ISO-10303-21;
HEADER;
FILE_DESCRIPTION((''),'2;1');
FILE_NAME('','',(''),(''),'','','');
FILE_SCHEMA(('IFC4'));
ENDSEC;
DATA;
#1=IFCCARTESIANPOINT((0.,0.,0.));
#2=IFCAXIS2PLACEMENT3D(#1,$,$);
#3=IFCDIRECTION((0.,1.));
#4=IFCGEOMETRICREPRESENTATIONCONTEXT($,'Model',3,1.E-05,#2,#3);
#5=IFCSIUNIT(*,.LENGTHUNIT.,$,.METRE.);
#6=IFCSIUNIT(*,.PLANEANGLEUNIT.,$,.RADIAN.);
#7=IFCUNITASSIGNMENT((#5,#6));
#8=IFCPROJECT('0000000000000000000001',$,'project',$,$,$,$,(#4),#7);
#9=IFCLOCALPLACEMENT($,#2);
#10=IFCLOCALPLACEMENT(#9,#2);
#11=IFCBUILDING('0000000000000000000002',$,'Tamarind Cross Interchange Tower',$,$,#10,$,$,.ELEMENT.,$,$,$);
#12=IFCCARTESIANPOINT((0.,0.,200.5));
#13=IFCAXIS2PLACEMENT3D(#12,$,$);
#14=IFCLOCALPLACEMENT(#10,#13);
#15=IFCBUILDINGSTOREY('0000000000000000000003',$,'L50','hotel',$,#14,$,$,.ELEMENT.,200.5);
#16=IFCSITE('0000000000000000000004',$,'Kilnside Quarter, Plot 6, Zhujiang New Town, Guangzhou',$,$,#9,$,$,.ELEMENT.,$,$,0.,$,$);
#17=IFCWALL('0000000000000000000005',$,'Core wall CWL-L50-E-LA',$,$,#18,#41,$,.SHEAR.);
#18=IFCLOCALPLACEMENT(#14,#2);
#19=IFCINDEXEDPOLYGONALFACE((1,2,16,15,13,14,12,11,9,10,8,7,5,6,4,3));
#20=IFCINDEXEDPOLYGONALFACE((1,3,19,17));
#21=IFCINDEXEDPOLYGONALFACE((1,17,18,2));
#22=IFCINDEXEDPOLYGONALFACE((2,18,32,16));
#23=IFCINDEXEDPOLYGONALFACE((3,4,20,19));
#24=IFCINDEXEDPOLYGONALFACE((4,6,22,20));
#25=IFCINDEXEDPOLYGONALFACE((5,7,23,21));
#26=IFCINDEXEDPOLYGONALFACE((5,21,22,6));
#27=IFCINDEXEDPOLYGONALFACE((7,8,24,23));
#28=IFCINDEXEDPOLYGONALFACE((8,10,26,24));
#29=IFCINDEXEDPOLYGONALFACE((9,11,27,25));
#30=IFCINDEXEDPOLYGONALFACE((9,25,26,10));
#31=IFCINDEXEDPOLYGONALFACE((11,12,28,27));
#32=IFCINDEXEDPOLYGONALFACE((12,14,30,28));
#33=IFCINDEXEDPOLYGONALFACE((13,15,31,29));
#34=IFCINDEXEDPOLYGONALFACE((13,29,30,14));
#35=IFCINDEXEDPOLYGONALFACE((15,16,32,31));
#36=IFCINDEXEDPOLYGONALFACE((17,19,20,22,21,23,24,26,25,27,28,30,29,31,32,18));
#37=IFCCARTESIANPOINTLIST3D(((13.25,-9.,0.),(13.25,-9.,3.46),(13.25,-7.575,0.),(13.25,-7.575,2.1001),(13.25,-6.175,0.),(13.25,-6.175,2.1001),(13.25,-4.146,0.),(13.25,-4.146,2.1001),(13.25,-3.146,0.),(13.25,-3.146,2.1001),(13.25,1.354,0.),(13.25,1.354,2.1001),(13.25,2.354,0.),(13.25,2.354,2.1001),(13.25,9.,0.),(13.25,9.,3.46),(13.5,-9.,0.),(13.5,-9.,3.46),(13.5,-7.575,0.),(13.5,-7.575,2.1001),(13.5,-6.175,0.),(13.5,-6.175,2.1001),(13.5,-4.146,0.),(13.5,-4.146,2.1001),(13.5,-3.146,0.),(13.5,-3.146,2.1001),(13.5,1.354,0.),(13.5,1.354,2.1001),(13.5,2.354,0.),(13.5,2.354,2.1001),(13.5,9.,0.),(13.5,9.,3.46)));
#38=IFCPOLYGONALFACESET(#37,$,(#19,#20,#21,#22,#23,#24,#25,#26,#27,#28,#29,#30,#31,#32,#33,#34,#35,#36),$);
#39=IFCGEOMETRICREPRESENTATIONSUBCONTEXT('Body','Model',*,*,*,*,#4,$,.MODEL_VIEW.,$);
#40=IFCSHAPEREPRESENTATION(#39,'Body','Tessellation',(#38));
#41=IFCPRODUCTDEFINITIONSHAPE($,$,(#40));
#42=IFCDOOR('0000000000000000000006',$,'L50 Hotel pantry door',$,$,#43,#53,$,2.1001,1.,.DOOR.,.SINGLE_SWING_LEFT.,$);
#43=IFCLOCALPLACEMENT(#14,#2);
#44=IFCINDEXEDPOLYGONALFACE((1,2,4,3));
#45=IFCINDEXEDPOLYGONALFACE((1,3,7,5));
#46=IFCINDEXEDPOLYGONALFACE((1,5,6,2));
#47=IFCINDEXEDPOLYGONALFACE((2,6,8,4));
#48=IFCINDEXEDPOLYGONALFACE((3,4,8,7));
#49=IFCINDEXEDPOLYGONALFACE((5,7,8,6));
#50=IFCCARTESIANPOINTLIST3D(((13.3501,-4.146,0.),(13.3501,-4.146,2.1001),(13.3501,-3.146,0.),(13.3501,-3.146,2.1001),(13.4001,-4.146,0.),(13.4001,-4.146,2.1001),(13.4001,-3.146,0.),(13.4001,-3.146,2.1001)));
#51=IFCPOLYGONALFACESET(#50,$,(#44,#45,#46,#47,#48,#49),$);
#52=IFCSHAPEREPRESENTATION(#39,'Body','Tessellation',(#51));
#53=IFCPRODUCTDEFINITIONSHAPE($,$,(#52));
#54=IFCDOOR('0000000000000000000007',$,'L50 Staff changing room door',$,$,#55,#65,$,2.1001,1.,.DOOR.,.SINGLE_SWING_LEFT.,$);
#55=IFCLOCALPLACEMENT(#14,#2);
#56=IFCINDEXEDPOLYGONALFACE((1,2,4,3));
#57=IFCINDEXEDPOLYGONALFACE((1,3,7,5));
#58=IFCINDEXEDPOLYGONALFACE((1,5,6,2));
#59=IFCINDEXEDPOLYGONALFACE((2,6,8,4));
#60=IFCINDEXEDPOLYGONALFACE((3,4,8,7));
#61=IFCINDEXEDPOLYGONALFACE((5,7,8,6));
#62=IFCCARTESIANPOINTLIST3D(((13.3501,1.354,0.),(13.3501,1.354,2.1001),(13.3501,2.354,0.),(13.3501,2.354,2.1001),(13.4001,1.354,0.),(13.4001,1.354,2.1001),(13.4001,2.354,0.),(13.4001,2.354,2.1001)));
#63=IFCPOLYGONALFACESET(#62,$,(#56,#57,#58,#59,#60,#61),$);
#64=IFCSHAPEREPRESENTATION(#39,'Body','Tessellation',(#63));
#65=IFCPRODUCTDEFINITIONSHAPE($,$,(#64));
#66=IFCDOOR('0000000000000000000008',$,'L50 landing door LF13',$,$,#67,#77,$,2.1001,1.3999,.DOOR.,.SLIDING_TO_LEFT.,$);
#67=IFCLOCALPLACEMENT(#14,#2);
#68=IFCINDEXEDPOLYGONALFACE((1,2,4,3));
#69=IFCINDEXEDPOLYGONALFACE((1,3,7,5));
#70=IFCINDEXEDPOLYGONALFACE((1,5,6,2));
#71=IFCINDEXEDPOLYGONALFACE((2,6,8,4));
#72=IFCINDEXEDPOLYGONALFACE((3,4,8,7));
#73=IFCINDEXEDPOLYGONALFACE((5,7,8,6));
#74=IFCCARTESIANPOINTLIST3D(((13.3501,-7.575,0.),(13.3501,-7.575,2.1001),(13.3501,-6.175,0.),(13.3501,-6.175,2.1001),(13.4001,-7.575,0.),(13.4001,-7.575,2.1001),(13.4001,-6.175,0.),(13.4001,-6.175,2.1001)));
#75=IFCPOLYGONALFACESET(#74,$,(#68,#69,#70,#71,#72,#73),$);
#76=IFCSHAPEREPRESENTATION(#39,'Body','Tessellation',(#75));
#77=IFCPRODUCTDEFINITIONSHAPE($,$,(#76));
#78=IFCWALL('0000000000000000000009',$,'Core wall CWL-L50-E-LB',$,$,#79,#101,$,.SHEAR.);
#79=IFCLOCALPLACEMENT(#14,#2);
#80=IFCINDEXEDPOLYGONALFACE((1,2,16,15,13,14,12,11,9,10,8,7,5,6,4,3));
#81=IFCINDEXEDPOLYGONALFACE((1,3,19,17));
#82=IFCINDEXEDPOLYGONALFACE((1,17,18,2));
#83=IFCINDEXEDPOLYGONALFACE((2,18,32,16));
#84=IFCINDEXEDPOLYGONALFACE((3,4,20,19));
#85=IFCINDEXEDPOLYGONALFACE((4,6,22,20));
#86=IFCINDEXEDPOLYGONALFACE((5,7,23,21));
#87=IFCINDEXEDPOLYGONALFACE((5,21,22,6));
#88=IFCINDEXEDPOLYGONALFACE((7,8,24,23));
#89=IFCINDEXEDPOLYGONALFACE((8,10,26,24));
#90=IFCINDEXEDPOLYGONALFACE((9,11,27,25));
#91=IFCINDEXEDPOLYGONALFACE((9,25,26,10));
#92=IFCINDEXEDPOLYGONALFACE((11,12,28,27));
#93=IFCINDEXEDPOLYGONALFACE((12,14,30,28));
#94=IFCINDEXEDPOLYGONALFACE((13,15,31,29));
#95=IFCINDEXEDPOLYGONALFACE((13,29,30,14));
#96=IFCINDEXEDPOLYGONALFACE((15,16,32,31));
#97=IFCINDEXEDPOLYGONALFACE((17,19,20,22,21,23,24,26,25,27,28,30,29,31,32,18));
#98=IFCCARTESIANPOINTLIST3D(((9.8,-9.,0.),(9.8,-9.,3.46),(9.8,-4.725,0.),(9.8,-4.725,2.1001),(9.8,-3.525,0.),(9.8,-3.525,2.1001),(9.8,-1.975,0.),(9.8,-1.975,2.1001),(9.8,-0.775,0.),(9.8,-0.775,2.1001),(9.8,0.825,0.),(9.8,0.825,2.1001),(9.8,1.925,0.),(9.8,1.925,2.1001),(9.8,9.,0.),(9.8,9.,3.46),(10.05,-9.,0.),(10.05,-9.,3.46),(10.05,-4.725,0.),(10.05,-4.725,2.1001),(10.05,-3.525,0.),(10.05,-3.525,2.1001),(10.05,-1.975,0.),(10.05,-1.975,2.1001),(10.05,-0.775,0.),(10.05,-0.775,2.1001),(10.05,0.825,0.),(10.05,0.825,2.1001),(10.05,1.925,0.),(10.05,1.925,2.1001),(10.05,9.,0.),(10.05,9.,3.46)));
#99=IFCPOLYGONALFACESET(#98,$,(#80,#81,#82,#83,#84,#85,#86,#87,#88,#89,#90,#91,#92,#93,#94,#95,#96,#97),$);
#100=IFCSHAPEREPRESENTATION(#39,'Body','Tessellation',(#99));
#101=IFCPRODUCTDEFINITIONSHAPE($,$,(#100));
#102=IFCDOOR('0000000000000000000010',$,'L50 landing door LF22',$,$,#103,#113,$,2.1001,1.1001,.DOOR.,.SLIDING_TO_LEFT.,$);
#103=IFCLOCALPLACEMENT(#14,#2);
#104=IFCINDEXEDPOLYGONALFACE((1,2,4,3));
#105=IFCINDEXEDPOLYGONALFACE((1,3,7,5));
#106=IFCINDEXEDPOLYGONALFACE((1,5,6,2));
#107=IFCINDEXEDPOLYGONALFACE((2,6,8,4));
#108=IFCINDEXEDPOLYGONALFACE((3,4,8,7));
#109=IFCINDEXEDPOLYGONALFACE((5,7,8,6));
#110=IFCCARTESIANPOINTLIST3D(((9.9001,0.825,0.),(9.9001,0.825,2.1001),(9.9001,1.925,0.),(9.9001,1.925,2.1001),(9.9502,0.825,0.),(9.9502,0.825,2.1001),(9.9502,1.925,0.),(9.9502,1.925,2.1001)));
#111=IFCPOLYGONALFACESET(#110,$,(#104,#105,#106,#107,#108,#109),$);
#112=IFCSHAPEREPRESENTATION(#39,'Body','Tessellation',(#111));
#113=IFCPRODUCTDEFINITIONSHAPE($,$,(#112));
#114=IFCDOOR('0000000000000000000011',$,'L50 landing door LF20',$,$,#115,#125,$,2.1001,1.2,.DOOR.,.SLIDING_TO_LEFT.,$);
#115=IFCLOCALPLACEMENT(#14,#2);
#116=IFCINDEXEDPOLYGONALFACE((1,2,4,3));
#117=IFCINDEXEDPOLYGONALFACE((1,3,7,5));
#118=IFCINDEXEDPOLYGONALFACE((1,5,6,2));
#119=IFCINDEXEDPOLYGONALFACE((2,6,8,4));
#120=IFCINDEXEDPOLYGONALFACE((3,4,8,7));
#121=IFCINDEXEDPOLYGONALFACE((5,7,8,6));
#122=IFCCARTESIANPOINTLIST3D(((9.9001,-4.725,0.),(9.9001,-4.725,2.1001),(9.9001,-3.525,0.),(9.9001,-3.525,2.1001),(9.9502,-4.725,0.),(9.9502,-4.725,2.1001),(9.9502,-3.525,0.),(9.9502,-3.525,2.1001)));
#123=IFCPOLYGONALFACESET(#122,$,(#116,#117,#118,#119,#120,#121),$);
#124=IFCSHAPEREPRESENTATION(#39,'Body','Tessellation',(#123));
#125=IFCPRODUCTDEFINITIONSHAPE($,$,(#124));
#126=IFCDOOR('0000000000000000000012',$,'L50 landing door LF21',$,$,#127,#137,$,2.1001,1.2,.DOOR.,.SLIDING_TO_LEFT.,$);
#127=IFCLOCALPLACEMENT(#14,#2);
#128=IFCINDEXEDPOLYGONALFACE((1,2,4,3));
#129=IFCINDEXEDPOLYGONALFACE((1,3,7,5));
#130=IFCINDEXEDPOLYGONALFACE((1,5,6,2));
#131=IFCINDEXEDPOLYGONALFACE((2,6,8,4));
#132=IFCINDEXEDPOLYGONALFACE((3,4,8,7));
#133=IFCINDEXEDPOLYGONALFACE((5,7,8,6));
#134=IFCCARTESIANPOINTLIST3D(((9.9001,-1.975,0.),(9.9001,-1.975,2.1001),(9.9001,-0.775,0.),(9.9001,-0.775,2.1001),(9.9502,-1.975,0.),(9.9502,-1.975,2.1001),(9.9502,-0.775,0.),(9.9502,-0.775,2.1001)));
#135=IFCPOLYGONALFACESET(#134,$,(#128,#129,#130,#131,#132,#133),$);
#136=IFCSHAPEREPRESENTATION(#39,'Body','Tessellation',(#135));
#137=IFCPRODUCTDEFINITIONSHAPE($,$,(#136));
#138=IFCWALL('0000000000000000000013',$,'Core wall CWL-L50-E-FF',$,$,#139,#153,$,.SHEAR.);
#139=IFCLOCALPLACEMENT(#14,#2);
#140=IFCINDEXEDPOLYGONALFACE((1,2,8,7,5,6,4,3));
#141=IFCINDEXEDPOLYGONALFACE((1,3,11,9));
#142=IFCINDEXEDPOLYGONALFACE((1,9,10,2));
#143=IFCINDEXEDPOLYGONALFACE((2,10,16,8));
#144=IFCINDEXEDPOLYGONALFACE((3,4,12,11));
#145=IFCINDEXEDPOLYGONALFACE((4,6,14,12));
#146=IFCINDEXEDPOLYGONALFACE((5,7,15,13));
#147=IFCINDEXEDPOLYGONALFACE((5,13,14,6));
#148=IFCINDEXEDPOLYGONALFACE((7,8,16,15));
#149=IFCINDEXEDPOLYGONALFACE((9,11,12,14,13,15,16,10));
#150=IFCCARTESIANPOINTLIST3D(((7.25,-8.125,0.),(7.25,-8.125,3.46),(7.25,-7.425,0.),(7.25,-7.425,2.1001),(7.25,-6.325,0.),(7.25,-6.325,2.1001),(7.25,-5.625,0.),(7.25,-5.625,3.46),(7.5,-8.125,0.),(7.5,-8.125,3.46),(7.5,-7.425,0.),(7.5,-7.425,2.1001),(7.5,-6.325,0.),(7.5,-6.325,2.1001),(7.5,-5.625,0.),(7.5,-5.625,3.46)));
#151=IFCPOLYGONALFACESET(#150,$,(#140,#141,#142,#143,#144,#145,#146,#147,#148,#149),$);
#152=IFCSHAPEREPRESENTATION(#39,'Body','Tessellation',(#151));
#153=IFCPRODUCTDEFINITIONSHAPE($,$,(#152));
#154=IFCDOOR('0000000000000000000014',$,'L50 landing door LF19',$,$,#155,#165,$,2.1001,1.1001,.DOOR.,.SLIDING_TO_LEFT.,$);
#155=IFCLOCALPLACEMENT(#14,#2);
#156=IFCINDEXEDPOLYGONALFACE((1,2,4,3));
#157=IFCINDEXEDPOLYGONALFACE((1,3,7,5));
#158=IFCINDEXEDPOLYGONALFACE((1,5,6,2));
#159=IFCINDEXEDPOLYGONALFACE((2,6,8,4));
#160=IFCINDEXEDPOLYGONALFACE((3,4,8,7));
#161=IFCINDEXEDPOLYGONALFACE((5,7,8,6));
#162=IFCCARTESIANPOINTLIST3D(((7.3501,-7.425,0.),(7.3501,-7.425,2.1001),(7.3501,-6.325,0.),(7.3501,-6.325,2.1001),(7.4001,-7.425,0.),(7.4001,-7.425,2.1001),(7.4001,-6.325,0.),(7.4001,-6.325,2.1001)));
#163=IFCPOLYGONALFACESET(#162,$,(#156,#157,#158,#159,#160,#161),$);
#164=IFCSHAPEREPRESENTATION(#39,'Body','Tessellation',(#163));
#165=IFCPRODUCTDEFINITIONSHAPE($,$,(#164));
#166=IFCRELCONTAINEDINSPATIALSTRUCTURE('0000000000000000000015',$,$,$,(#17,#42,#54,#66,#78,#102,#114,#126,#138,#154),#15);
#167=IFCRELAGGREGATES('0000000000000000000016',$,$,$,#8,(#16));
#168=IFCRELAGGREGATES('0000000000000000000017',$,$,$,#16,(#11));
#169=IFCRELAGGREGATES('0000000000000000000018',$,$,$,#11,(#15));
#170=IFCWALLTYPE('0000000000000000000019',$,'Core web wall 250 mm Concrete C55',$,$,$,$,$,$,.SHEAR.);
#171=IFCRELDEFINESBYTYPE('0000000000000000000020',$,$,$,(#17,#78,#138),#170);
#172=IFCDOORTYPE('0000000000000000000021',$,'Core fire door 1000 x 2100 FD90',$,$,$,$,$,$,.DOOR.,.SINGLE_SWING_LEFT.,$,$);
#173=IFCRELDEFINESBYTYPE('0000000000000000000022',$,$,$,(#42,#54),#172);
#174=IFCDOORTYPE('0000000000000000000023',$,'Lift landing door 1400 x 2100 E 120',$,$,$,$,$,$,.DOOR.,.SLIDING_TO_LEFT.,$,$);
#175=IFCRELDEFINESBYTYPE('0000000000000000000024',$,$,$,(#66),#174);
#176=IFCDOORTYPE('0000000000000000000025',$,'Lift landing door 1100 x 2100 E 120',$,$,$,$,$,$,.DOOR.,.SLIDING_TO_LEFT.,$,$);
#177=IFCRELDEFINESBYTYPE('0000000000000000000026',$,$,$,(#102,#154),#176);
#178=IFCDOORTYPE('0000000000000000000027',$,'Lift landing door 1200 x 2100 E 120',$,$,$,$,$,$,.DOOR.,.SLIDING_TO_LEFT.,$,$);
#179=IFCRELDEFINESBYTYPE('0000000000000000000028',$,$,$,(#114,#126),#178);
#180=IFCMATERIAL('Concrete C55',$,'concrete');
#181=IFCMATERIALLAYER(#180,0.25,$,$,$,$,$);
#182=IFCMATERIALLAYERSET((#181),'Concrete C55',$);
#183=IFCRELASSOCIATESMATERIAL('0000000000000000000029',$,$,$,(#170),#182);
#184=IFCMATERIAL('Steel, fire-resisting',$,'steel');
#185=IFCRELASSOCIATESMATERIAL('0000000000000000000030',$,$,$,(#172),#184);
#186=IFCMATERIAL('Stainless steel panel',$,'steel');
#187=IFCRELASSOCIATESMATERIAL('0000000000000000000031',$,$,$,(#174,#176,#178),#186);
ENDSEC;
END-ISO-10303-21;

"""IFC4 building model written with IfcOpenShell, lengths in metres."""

from ifc_helpers import new_model, si_unit, direction, frame, frame_2d, origin, place, context, subcontext, project, spatial, rectangle, extrude, material, layer, layer_set, type_object, element, fill, save


model = new_model("IFC4")

# Units and contexts
model_context = context("Model", 3, precision=1e-05, world=origin(), true_north=direction((0.0, 1.0)))
body_context = subcontext(model_context, "Body", "Model", "MODEL_VIEW")
ifc_project = project(units=[si_unit("LENGTHUNIT", "METRE"), si_unit("PLANEANGLEUNIT", "RADIAN")], contexts=[model_context])

# Site, building, storey
site_placement = place(None, origin())
site = spatial("IfcSite", under=ifc_project, at=site_placement, Name="Kilnside Quarter, Plot 6, Zhujiang New Town, Guangzhou", CompositionType="ELEMENT", RefElevation=0.0)
building_placement = place(site_placement, origin())
building = spatial("IfcBuilding", under=site, at=building_placement, Name="Tamarind Cross Interchange Tower", CompositionType="ELEMENT")
storey_placement = place(building_placement, frame((0.0, 0.0, 200.5)))
storey = spatial("IfcBuildingStorey", under=building, at=storey_placement, Name="L50", Description="hotel", CompositionType="ELEMENT", Elevation=200.5)

# Shared definitions
ifc_material_1 = material(Name="Concrete C55", Category="concrete")

# Walls, openings, doors
ifc_layer_1 = layer(ifc_material_1, 0.25)
ifc_layer_set_1 = layer_set([ifc_layer_1], Name="Concrete C55")
wall_type_1 = type_object("IfcWallType", Name="Core web wall 250 mm Concrete C55", PredefinedType="SHEAR", material=ifc_layer_set_1)
wall_1_placement = place(storey_placement, frame((13.375, -9.0, 0.0), z_axis=(0.0, 0.0, 1.0), x_axis=(0.0, 1.0, 0.0)))
wall_1 = element("IfcWall", 1, at=wall_1_placement, inside=storey, type_object=wall_type_1, Name="Core wall CWL-L50-E-LA", PredefinedType="SHEAR", context=body_context, shape_type="SweptSolid", body=[
    extrude(rectangle(XDim=18.0, YDim=0.25, at=frame_2d((9.0, 0.0))), origin(), (0.0, 0.0, 1.0), 3.46),
])
opening_1_placement = place(wall_1_placement, frame((1.425, 0.0, 0.0)))
opening_1 = element("IfcOpeningElement", 2, at=opening_1_placement, cuts=wall_1, PredefinedType="OPENING", context=body_context, shape_type="SweptSolid", body=[
    extrude(rectangle(XDim=1.3999, YDim=2.1001, at=frame_2d((0.7, 1.05))), frame((0.0, 0.135, 0.0), z_axis=(0.0, -1.0, 0.0), x_axis=(1.0, 0.0, 0.0)), (0.0, 0.0, 1.0), 0.27),
])
opening_2_placement = place(wall_1_placement, frame((4.854, 0.0, 0.0)))
opening_2 = element("IfcOpeningElement", 3, at=opening_2_placement, cuts=wall_1, PredefinedType="OPENING", context=body_context, shape_type="SweptSolid", body=[
    extrude(rectangle(XDim=1.0, YDim=2.1001, at=frame_2d((0.5, 1.05))), frame((0.0, 0.135, 0.0), z_axis=(0.0, -1.0, 0.0), x_axis=(1.0, 0.0, 0.0)), (0.0, 0.0, 1.0), 0.27),
])
opening_3_placement = place(wall_1_placement, frame((10.354, 0.0, 0.0)))
opening_3 = element("IfcOpeningElement", 4, at=opening_3_placement, cuts=wall_1, PredefinedType="OPENING", context=body_context, shape_type="SweptSolid", body=[
    extrude(rectangle(XDim=1.0, YDim=2.1001, at=frame_2d((0.5, 1.05))), frame((0.0, 0.135, 0.0), z_axis=(0.0, -1.0, 0.0), x_axis=(1.0, 0.0, 0.0)), (0.0, 0.0, 1.0), 0.27),
])
ifc_material_2 = material(Name="Steel, fire-resisting", Category="steel")
door_type_1 = type_object("IfcDoorType", Name="Core fire door 1000 x 2100 FD90", OperationType="SINGLE_SWING_LEFT", PredefinedType="DOOR", material=ifc_material_2)
door_1_placement = place(opening_2_placement, origin())
door_1 = element("IfcDoor", 5, at=door_1_placement, inside=storey, type_object=door_type_1, Name="L50 Hotel pantry door", OperationType="SINGLE_SWING_LEFT", OverallHeight=2.1001, OverallWidth=1.0, PredefinedType="DOOR", context=body_context, shape_type="SweptSolid", body=[
    extrude(rectangle(XDim=1.0, YDim=2.1001, at=frame_2d((0.5, 1.05))), frame((0.0, 0.0249, 0.0), z_axis=(0.0, -1.0, 0.0), x_axis=(1.0, 0.0, 0.0)), (0.0, 0.0, 1.0), 0.05),
])
fill(opening_2, door_1)
door_2_placement = place(opening_3_placement, origin())
door_2 = element("IfcDoor", 6, at=door_2_placement, inside=storey, type_object=door_type_1, Name="L50 Staff changing room door", OperationType="SINGLE_SWING_LEFT", OverallHeight=2.1001, OverallWidth=1.0, PredefinedType="DOOR", context=body_context, shape_type="SweptSolid", body=[
    extrude(rectangle(XDim=1.0, YDim=2.1001, at=frame_2d((0.5, 1.05))), frame((0.0, 0.0249, 0.0), z_axis=(0.0, -1.0, 0.0), x_axis=(1.0, 0.0, 0.0)), (0.0, 0.0, 1.0), 0.05),
])
fill(opening_3, door_2)
ifc_material_3 = material(Name="Stainless steel panel", Category="steel")
door_type_2 = type_object("IfcDoorType", Name="Lift landing door 1400 x 2100 E 120", OperationType="SLIDING_TO_LEFT", PredefinedType="DOOR", material=ifc_material_3)
door_3_placement = place(opening_1_placement, origin())
door_3 = element("IfcDoor", 7, at=door_3_placement, inside=storey, type_object=door_type_2, Name="L50 landing door LF13", OperationType="SLIDING_TO_LEFT", OverallHeight=2.1001, OverallWidth=1.3999, PredefinedType="DOOR", context=body_context, shape_type="SweptSolid", body=[
    extrude(rectangle(XDim=1.3999, YDim=2.1001, at=frame_2d((0.7, 1.05))), frame((0.0, 0.0249, 0.0), z_axis=(0.0, -1.0, 0.0), x_axis=(1.0, 0.0, 0.0)), (0.0, 0.0, 1.0), 0.05),
])
fill(opening_1, door_3)
wall_2_placement = place(storey_placement, frame((9.925, -9.0, 0.0), z_axis=(0.0, 0.0, 1.0), x_axis=(0.0, 1.0, 0.0)))
wall_2 = element("IfcWall", 8, at=wall_2_placement, inside=storey, type_object=wall_type_1, Name="Core wall CWL-L50-E-LB", PredefinedType="SHEAR", context=body_context, shape_type="SweptSolid", body=[
    extrude(rectangle(XDim=18.0, YDim=0.25, at=frame_2d((9.0, 0.0))), origin(), (0.0, 0.0, 1.0), 3.46),
])
opening_4_placement = place(wall_2_placement, frame((4.2749, 0.0, 0.0)))
opening_4 = element("IfcOpeningElement", 9, at=opening_4_placement, cuts=wall_2, PredefinedType="OPENING", context=body_context, shape_type="SweptSolid", body=[
    extrude(rectangle(XDim=1.2, YDim=2.1001, at=frame_2d((0.6001, 1.05))), frame((0.0, 0.135, 0.0), z_axis=(0.0, -1.0, 0.0), x_axis=(1.0, 0.0, 0.0)), (0.0, 0.0, 1.0), 0.27),
])
opening_5_placement = place(wall_2_placement, frame((7.0249, 0.0, 0.0)))
opening_5 = element("IfcOpeningElement", 10, at=opening_5_placement, cuts=wall_2, PredefinedType="OPENING", context=body_context, shape_type="SweptSolid", body=[
    extrude(rectangle(XDim=1.2, YDim=2.1001, at=frame_2d((0.6001, 1.05))), frame((0.0, 0.135, 0.0), z_axis=(0.0, -1.0, 0.0), x_axis=(1.0, 0.0, 0.0)), (0.0, 0.0, 1.0), 0.27),
])
opening_6_placement = place(wall_2_placement, frame((9.825, 0.0, 0.0)))
opening_6 = element("IfcOpeningElement", 11, at=opening_6_placement, cuts=wall_2, PredefinedType="OPENING", context=body_context, shape_type="SweptSolid", body=[
    extrude(rectangle(XDim=1.1001, YDim=2.1001, at=frame_2d((0.55, 1.05))), frame((0.0, 0.135, 0.0), z_axis=(0.0, -1.0, 0.0), x_axis=(1.0, 0.0, 0.0)), (0.0, 0.0, 1.0), 0.27),
])
door_type_3 = type_object("IfcDoorType", Name="Lift landing door 1100 x 2100 E 120", OperationType="SLIDING_TO_LEFT", PredefinedType="DOOR", material=ifc_material_3)
door_4_placement = place(opening_6_placement, origin())
door_4 = element("IfcDoor", 12, at=door_4_placement, inside=storey, type_object=door_type_3, Name="L50 landing door LF22", OperationType="SLIDING_TO_LEFT", OverallHeight=2.1001, OverallWidth=1.1001, PredefinedType="DOOR", context=body_context, shape_type="SweptSolid", body=[
    extrude(rectangle(XDim=1.1001, YDim=2.1001, at=frame_2d((0.55, 1.05))), frame((0.0, 0.0249, 0.0), z_axis=(0.0, -1.0, 0.0), x_axis=(1.0, 0.0, 0.0)), (0.0, 0.0, 1.0), 0.05),
])
fill(opening_6, door_4)
door_type_4 = type_object("IfcDoorType", Name="Lift landing door 1200 x 2100 E 120", OperationType="SLIDING_TO_LEFT", PredefinedType="DOOR", material=ifc_material_3)
door_5_placement = place(opening_4_placement, origin())
door_5 = element("IfcDoor", 13, at=door_5_placement, inside=storey, type_object=door_type_4, Name="L50 landing door LF20", OperationType="SLIDING_TO_LEFT", OverallHeight=2.1001, OverallWidth=1.2, PredefinedType="DOOR", context=body_context, shape_type="SweptSolid", body=[
    extrude(rectangle(XDim=1.2, YDim=2.1001, at=frame_2d((0.6001, 1.05))), frame((0.0, 0.0249, 0.0), z_axis=(0.0, -1.0, 0.0), x_axis=(1.0, 0.0, 0.0)), (0.0, 0.0, 1.0), 0.05),
])
fill(opening_4, door_5)
door_6_placement = place(opening_5_placement, origin())
door_6 = element("IfcDoor", 14, at=door_6_placement, inside=storey, type_object=door_type_4, Name="L50 landing door LF21", OperationType="SLIDING_TO_LEFT", OverallHeight=2.1001, OverallWidth=1.2, PredefinedType="DOOR", context=body_context, shape_type="SweptSolid", body=[
    extrude(rectangle(XDim=1.2, YDim=2.1001, at=frame_2d((0.6001, 1.05))), frame((0.0, 0.0249, 0.0), z_axis=(0.0, -1.0, 0.0), x_axis=(1.0, 0.0, 0.0)), (0.0, 0.0, 1.0), 0.05),
])
fill(opening_5, door_6)

# Wall, opening, door
wall_3_placement = place(storey_placement, frame((7.375, -8.125, 0.0), z_axis=(0.0, 0.0, 1.0), x_axis=(0.0, 1.0, 0.0)))
wall_3 = element("IfcWall", 15, at=wall_3_placement, inside=storey, type_object=wall_type_1, Name="Core wall CWL-L50-E-FF", PredefinedType="SHEAR", context=body_context, shape_type="SweptSolid", body=[
    extrude(rectangle(XDim=2.5, YDim=0.25, at=frame_2d((1.25, 0.0))), origin(), (0.0, 0.0, 1.0), 3.46),
])
opening_7_placement = place(wall_3_placement, frame((0.7, 0.0, 0.0)))
opening_7 = element("IfcOpeningElement", 16, at=opening_7_placement, cuts=wall_3, PredefinedType="OPENING", context=body_context, shape_type="SweptSolid", body=[
    extrude(rectangle(XDim=1.1001, YDim=2.1001, at=frame_2d((0.55, 1.05))), frame((0.0, 0.135, 0.0), z_axis=(0.0, -1.0, 0.0), x_axis=(1.0, 0.0, 0.0)), (0.0, 0.0, 1.0), 0.27),
])
door_7_placement = place(opening_7_placement, origin())
door_7 = element("IfcDoor", 17, at=door_7_placement, inside=storey, type_object=door_type_3, Name="L50 landing door LF19", OperationType="SLIDING_TO_LEFT", OverallHeight=2.1001, OverallWidth=1.1001, PredefinedType="DOOR", context=body_context, shape_type="SweptSolid", body=[
    extrude(rectangle(XDim=1.1001, YDim=2.1001, at=frame_2d((0.55, 1.05))), frame((0.0, 0.0249, 0.0), z_axis=(0.0, -1.0, 0.0), x_axis=(1.0, 0.0, 0.0)), (0.0, 0.0, 1.0), 0.05),
])
fill(opening_7, door_7)

save(model, "model.ifc")
